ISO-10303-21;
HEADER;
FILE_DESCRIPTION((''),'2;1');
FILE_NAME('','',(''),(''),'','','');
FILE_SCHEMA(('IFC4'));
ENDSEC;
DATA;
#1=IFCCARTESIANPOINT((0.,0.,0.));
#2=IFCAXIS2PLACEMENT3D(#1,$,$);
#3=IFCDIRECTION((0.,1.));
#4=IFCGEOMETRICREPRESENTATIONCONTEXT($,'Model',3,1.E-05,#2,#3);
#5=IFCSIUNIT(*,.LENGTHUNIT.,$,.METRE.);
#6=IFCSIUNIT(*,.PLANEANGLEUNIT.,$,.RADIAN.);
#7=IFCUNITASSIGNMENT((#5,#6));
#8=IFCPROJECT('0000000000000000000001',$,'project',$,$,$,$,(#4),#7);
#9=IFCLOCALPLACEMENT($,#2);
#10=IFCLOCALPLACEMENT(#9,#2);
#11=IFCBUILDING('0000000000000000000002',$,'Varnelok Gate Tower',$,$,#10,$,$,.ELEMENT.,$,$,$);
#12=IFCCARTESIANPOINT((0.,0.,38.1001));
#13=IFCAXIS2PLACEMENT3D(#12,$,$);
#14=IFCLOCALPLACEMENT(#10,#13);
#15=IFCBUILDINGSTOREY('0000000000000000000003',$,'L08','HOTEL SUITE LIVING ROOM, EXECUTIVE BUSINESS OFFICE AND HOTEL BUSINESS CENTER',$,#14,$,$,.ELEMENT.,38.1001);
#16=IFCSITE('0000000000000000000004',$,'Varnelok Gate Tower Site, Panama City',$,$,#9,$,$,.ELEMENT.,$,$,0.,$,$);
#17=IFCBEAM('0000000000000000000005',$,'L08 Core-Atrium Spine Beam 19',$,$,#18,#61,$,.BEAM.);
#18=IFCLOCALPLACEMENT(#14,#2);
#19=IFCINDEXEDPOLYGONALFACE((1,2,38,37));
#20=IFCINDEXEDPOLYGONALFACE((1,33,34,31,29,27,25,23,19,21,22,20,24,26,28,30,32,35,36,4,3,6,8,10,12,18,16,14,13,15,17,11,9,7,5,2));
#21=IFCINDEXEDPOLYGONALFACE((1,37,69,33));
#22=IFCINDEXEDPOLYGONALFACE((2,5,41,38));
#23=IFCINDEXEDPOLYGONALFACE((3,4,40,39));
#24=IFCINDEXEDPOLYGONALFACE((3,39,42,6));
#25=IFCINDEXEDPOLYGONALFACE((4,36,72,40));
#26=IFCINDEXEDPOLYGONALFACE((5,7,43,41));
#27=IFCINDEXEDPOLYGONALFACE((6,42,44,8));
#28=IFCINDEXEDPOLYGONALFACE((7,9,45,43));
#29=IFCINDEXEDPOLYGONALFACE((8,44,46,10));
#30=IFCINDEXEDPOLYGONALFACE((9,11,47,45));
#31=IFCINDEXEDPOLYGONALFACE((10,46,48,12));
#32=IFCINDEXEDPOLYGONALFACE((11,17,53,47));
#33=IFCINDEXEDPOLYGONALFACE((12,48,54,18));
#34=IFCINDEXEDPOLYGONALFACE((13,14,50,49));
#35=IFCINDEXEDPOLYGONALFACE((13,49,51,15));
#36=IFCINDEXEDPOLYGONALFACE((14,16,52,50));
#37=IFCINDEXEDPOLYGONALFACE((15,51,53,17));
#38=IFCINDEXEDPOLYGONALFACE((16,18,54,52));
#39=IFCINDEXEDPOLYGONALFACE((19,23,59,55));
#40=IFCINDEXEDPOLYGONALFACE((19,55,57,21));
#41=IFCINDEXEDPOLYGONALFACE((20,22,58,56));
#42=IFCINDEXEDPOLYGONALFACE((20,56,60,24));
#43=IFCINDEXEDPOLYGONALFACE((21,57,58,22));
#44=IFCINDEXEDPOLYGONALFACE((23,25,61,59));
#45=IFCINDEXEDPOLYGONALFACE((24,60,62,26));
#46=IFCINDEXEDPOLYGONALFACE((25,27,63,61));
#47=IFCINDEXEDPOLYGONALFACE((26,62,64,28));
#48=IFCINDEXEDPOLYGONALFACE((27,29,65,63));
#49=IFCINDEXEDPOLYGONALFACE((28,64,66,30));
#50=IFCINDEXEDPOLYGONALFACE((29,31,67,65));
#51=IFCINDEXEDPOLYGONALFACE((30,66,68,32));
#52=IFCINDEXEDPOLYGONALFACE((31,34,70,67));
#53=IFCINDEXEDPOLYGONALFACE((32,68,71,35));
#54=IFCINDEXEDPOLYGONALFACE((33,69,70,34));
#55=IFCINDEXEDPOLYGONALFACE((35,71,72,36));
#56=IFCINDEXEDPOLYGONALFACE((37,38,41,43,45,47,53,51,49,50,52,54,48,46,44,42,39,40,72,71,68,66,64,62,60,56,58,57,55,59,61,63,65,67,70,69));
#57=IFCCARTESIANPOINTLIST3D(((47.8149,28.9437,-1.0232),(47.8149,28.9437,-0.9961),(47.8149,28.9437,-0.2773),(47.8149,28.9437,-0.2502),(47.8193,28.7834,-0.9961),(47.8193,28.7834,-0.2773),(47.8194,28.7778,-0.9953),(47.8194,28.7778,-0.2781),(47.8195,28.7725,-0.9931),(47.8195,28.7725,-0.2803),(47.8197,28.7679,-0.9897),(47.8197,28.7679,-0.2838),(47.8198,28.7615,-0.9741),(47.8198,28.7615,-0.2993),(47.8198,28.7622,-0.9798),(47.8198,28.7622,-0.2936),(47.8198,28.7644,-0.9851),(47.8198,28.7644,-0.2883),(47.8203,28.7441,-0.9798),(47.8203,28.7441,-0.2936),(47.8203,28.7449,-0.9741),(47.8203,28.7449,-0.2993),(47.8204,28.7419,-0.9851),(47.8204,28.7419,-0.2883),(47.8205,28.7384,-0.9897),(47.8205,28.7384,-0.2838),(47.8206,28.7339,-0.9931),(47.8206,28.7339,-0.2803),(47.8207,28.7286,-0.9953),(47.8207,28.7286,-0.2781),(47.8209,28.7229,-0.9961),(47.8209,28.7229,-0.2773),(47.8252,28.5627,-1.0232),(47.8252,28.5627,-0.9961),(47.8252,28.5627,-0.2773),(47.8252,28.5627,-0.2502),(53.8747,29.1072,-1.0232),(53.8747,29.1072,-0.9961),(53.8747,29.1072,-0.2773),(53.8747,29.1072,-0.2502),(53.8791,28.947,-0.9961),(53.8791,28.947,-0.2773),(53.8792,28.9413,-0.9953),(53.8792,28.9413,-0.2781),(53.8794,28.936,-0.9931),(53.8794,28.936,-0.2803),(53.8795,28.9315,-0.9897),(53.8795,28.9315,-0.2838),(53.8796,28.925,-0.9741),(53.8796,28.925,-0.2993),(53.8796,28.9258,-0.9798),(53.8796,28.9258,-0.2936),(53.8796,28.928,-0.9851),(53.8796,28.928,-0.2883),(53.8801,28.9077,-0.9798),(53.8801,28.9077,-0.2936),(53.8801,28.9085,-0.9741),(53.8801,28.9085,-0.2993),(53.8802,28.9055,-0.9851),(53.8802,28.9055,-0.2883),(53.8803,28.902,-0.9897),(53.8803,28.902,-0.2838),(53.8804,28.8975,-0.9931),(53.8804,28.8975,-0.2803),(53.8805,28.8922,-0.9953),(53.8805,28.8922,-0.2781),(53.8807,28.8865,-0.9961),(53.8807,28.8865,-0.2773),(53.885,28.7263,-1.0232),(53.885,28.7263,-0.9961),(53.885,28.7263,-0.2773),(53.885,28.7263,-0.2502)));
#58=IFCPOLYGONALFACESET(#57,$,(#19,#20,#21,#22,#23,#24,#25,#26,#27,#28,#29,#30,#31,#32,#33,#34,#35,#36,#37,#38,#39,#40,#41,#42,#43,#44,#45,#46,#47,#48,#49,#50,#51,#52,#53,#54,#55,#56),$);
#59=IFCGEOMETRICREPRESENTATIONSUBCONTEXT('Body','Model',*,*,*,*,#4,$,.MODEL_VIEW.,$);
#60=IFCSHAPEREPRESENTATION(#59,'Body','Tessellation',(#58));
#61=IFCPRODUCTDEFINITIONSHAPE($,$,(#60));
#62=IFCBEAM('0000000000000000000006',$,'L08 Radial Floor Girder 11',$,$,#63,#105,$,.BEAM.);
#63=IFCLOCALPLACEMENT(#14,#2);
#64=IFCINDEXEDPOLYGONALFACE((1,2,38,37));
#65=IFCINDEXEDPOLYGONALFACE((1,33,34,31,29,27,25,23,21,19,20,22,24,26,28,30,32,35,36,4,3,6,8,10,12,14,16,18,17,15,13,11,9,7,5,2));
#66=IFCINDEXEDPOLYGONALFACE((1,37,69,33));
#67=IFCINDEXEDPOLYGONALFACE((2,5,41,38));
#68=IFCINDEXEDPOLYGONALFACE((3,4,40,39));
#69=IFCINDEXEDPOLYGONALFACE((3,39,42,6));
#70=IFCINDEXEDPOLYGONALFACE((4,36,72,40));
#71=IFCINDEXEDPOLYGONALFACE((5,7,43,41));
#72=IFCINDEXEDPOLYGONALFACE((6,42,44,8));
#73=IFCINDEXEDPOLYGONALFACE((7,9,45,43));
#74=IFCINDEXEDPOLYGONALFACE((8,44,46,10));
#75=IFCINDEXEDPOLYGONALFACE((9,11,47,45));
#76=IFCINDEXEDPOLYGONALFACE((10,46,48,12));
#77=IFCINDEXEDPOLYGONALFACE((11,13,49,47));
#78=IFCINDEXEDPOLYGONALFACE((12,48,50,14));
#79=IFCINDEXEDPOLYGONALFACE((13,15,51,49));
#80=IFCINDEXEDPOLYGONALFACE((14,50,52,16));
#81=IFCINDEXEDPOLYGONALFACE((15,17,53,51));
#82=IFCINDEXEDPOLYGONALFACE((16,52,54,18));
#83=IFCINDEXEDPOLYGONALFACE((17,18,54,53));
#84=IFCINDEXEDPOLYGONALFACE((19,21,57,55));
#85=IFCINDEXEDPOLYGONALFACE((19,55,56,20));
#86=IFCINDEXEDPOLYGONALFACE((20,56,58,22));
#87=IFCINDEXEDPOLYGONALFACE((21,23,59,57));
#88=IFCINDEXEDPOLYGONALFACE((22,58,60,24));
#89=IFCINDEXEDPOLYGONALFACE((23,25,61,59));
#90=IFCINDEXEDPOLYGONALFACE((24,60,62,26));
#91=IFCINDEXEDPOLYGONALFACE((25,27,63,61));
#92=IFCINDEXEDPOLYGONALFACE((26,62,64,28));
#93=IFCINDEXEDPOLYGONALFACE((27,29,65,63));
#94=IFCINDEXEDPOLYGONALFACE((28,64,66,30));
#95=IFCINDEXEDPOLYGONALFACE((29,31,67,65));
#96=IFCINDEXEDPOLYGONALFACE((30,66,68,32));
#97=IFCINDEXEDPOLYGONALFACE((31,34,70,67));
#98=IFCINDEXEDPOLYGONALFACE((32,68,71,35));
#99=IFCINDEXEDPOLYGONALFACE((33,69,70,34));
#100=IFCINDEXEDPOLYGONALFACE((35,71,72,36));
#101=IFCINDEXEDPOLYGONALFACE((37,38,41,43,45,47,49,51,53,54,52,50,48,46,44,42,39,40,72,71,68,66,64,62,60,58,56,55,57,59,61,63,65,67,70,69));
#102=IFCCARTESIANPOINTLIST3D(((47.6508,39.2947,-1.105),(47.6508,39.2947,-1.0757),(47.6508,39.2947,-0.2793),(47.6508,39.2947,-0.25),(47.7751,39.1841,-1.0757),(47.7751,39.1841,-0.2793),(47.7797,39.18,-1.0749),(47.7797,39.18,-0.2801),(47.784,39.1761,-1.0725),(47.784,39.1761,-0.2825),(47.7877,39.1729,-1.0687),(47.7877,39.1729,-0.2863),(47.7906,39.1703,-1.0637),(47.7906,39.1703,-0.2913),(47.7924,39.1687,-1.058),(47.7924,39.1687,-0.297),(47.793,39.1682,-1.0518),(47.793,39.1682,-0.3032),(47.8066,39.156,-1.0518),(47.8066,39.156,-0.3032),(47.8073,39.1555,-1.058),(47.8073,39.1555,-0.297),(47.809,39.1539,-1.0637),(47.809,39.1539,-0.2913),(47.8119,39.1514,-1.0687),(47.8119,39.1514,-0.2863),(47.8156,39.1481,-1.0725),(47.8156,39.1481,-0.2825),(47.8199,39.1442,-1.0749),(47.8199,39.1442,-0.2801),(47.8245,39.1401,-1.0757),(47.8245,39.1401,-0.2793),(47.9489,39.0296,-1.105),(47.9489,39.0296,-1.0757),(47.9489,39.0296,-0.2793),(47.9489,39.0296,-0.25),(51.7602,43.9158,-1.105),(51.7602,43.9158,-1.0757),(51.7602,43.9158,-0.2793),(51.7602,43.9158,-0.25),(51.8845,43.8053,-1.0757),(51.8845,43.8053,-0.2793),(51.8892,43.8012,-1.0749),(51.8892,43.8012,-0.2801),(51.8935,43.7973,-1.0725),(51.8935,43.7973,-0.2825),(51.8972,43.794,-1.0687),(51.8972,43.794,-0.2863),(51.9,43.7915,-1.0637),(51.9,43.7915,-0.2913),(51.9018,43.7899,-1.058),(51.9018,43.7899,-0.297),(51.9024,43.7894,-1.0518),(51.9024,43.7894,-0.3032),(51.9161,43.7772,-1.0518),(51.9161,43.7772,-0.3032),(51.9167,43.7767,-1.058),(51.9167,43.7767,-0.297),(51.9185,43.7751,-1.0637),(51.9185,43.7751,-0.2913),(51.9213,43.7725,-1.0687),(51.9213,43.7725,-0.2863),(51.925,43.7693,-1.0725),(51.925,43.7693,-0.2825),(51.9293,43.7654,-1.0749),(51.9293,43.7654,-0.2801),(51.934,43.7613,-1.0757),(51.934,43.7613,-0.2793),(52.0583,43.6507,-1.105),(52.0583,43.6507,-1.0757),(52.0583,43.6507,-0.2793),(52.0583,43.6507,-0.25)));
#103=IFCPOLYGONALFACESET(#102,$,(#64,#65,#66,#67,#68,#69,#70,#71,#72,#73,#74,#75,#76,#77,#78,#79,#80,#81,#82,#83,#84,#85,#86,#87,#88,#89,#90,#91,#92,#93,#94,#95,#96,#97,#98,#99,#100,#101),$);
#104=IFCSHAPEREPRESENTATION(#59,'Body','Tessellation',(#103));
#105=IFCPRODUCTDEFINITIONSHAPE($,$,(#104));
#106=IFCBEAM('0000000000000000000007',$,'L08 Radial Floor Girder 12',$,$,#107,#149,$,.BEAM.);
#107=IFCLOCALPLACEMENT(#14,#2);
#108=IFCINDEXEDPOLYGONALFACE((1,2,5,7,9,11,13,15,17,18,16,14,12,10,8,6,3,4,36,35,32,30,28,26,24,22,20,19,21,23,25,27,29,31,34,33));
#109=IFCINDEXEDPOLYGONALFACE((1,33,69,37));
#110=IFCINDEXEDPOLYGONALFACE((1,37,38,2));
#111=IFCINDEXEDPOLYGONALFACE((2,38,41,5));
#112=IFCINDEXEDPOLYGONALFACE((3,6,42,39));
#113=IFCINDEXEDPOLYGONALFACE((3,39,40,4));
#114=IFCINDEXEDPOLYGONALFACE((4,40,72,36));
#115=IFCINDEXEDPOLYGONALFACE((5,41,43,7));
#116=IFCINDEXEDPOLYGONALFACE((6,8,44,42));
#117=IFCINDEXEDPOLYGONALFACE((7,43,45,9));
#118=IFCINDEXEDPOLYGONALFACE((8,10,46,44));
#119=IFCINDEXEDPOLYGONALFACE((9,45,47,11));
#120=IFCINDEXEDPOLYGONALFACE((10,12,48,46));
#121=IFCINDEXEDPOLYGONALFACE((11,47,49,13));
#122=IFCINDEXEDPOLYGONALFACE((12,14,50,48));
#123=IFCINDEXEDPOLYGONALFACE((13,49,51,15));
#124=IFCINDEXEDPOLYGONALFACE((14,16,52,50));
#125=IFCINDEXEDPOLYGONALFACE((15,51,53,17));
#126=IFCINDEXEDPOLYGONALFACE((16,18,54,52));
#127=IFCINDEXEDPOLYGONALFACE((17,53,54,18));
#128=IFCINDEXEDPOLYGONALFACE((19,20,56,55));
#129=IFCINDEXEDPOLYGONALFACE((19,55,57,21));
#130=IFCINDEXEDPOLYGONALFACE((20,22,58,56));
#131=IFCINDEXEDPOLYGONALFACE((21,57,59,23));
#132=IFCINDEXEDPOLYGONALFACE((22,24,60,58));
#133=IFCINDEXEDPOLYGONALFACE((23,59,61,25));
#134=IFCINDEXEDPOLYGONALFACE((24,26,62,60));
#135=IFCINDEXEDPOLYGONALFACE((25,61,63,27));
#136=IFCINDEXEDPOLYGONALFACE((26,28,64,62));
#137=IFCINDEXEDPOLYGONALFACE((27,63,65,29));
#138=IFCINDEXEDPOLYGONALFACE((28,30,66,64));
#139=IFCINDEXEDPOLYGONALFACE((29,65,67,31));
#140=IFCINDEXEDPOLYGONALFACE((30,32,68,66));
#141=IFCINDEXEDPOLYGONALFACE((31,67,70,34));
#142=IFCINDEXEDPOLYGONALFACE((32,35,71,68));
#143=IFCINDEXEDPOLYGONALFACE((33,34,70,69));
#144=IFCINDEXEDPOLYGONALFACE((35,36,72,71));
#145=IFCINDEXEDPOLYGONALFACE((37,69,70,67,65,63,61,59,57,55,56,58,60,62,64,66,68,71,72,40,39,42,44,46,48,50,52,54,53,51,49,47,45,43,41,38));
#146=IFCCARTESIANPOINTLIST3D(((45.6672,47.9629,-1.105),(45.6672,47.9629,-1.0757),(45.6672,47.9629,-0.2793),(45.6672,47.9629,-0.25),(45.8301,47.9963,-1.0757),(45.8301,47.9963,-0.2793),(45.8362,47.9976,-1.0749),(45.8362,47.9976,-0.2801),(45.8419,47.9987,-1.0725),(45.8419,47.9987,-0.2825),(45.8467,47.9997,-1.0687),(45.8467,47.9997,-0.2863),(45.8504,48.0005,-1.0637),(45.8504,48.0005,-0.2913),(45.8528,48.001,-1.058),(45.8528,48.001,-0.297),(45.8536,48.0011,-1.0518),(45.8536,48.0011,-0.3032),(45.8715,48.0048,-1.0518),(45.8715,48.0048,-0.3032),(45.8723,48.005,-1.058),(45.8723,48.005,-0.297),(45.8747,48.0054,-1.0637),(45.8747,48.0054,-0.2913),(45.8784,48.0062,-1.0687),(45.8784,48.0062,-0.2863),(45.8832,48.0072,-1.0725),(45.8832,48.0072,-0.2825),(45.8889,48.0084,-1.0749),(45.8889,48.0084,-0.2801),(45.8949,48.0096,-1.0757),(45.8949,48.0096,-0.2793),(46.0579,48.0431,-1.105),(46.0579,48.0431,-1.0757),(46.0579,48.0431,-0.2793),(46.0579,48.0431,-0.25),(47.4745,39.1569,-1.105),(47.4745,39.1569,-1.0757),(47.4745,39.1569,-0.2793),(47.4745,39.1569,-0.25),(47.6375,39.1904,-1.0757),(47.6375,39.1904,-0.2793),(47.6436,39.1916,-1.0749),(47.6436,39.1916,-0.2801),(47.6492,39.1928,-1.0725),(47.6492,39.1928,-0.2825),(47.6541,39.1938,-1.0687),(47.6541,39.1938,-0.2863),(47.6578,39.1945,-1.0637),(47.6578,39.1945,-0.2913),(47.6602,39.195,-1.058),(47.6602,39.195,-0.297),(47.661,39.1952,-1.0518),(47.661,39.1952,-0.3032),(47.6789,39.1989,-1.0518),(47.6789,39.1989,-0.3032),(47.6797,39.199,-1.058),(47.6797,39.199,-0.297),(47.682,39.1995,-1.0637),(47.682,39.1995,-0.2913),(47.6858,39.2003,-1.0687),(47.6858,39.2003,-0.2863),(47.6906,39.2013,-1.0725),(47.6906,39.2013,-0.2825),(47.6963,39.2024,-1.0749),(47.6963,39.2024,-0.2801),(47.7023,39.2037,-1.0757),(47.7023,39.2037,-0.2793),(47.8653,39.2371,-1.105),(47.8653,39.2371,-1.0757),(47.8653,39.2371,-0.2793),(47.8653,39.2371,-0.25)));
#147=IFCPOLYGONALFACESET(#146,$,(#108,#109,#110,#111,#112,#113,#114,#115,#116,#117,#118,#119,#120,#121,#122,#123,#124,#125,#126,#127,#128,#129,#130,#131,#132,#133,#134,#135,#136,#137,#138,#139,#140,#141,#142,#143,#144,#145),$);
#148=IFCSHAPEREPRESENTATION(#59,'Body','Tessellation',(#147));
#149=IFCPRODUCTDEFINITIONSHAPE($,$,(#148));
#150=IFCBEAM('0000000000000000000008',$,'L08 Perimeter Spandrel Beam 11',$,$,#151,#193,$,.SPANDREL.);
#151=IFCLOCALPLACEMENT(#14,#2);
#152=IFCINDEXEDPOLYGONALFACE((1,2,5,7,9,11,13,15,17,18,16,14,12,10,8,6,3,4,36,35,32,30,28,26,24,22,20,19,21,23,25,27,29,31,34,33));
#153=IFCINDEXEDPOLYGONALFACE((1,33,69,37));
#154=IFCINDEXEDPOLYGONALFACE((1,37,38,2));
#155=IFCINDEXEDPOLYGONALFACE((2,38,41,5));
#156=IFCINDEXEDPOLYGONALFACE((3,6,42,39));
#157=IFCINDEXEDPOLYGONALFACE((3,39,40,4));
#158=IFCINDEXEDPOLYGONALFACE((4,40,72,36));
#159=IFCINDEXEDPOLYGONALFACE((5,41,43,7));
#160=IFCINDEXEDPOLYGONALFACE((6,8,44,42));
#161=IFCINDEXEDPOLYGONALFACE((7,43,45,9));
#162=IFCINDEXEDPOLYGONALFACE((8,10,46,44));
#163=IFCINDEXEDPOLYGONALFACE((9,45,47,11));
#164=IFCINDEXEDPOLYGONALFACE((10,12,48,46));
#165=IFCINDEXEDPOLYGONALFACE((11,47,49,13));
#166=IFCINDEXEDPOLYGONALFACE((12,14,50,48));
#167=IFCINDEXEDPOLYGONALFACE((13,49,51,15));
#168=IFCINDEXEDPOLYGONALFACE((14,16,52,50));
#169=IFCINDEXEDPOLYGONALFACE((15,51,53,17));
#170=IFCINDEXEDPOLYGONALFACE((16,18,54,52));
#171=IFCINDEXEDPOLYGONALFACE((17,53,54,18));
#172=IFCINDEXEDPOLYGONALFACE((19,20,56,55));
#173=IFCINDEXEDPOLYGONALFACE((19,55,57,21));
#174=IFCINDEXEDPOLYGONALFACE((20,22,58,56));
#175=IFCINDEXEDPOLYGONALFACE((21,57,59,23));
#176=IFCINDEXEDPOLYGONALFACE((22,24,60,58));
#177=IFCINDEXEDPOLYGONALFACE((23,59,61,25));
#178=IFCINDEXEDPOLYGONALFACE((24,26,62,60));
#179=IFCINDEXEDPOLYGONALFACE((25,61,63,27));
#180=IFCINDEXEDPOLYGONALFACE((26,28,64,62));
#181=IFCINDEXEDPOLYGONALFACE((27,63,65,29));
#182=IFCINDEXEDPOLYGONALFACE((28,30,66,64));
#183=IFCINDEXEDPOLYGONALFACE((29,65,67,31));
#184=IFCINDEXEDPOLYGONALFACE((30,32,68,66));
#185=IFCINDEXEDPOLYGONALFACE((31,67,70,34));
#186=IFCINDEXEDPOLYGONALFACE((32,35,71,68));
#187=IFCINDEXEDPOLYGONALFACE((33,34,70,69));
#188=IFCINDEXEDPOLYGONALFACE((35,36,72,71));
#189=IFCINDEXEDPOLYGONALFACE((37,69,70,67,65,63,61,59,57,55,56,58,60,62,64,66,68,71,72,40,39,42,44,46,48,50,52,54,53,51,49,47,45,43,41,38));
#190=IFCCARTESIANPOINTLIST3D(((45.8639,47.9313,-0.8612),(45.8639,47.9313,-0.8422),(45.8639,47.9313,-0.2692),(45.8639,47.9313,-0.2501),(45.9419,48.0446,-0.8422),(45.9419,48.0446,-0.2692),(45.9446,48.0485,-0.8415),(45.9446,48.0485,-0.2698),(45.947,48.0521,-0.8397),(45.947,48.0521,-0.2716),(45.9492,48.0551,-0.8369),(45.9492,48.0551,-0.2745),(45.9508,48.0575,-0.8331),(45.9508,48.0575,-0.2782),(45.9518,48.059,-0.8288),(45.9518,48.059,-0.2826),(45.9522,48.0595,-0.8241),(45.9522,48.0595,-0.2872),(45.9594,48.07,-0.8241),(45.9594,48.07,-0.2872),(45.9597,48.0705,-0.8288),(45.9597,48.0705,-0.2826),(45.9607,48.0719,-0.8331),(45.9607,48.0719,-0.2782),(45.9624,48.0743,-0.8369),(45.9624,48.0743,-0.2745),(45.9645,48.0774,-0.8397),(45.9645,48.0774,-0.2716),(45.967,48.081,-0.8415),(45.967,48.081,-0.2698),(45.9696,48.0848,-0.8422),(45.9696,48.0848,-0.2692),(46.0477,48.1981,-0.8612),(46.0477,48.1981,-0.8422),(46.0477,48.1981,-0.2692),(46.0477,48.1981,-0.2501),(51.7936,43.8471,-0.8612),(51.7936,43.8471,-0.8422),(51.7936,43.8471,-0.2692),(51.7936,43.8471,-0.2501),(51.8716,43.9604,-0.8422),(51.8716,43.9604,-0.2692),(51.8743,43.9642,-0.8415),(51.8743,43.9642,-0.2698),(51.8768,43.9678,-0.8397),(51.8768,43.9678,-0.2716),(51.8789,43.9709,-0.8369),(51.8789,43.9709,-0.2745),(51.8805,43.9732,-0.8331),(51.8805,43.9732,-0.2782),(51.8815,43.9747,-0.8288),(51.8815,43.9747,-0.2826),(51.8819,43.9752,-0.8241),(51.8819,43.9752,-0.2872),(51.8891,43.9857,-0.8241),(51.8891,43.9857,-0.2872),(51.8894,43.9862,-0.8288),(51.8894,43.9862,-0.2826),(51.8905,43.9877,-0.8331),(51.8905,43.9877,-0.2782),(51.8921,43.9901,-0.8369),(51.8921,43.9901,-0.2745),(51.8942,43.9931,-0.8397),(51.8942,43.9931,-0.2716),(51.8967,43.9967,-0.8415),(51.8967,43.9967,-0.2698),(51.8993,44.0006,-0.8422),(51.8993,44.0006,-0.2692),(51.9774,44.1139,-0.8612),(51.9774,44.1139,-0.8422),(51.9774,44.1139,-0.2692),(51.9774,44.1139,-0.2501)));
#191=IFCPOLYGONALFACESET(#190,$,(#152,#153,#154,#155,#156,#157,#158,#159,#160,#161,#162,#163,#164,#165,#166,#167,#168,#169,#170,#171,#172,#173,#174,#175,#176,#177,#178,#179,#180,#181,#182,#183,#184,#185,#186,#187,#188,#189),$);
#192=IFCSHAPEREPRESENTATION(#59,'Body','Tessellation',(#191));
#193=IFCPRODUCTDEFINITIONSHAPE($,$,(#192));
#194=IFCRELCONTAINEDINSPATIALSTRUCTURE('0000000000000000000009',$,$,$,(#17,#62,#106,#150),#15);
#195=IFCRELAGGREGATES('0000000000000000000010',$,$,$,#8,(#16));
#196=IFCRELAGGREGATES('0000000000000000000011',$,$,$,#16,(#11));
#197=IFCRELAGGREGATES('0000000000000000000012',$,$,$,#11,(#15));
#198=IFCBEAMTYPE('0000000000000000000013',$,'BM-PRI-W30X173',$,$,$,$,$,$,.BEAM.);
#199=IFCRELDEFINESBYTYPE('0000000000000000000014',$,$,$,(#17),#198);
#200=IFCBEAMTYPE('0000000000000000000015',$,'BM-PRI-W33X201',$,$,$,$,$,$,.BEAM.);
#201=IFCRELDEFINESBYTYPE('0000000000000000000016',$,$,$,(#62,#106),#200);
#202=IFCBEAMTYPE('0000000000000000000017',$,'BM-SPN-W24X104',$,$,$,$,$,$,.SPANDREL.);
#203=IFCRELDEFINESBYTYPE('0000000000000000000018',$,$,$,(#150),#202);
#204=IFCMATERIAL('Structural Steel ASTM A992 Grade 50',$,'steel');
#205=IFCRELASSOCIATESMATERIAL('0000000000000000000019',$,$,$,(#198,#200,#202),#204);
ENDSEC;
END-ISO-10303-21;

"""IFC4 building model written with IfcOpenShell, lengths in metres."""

from ifc_helpers import new_model, si_unit, direction, frame, origin, origin_2d, place, context, subcontext, project, spatial, i_section, extrude, material, material_profile, profile_set, type_object, element, save


model = new_model("IFC4")

# Units and contexts
model_context = context("Model", 3, precision=1e-05, world=origin(), true_north=direction((0.0, 1.0)))
body_context = subcontext(model_context, "Body", "Model", "MODEL_VIEW")
ifc_project = project(units=[si_unit("LENGTHUNIT", "METRE"), si_unit("PLANEANGLEUNIT", "RADIAN")], contexts=[model_context])

# Site, building, storey
site_placement = place(None, origin())
site = spatial("IfcSite", under=ifc_project, at=site_placement, Name="Varnelok Gate Tower Site, Panama City", CompositionType="ELEMENT", RefElevation=0.0)
building_placement = place(site_placement, origin())
building = spatial("IfcBuilding", under=site, at=building_placement, Name="Varnelok Gate Tower", CompositionType="ELEMENT")
storey_placement = place(building_placement, frame((0.0, 0.0, 38.1001)))
storey = spatial("IfcBuildingStorey", under=building, at=storey_placement, Name="L08", Description="HOTEL SUITE LIVING ROOM, EXECUTIVE BUSINESS OFFICE AND HOTEL BUSINESS CENTER", CompositionType="ELEMENT", Elevation=38.1001)

# Shared definitions
ifc_material_1 = material(Name="Structural Steel ASTM A992 Grade 50", Category="steel")

# Beams
ifc_material_profile_1 = material_profile(ifc_material_1, i_section(OverallWidth=0.3811, OverallDepth=0.7729, WebThickness=0.0166, FlangeThickness=0.0271, FilletRadius=0.022, at=origin_2d()), Name="W30X173")
ifc_profile_set_1 = profile_set([ifc_material_profile_1], Name="Structural Steel ASTM A992 Grade 50")
beam_type_1 = type_object("IfcBeamType", Name="BM-PRI-W30X173", PredefinedType="BEAM", material=ifc_profile_set_1)
beam_1_placement = place(storey_placement, frame((47.8201, 28.7532, -0.6367), z_axis=(0.999636, 0.026983, 0.0), x_axis=(-0.026983, 0.999636, 0.0)))
element("IfcBeam", 1, at=beam_1_placement, inside=storey, type_object=beam_type_1, Name="L08 Core-Atrium Spine Beam 19", PredefinedType="BEAM", context=body_context, shape_type="SweptSolid", body=[
    extrude(i_section(OverallWidth=0.3811, OverallDepth=0.7729, WebThickness=0.0166, FlangeThickness=0.0271, FilletRadius=0.022, at=origin_2d()), origin(), (0.0, 0.0, 1.0), 6.062),
])
ifc_material_profile_2 = material_profile(ifc_material_1, i_section(OverallWidth=0.3989, OverallDepth=0.855, WebThickness=0.0183, FlangeThickness=0.0293, FilletRadius=0.0239, at=origin_2d()), Name="W33X201")
ifc_profile_set_2 = profile_set([ifc_material_profile_2], Name="Structural Steel ASTM A992 Grade 50")
beam_type_2 = type_object("IfcBeamType", Name="BM-PRI-W33X201", PredefinedType="BEAM", material=ifc_profile_set_2)
beam_2_placement = place(storey_placement, frame((47.7998, 39.1621, -0.6775), z_axis=(0.664521, 0.74727, 0.0), x_axis=(-0.74727, 0.664521, 0.0)))
element("IfcBeam", 2, at=beam_2_placement, inside=storey, type_object=beam_type_2, Name="L08 Radial Floor Girder 11", PredefinedType="BEAM", context=body_context, shape_type="SweptSolid", body=[
    extrude(i_section(OverallWidth=0.3989, OverallDepth=0.855, WebThickness=0.0183, FlangeThickness=0.0293, FilletRadius=0.0239, at=origin_2d()), origin(), (0.0, 0.0, 1.0), 6.1841),
])
beam_3_placement = place(storey_placement, frame((47.6699, 39.197, -0.6775), z_axis=(-0.201054, 0.97958, 0.0), x_axis=(-0.97958, -0.201054, 0.0)))
element("IfcBeam", 3, at=beam_3_placement, inside=storey, type_object=beam_type_2, Name="L08 Radial Floor Girder 12", PredefinedType="BEAM", context=body_context, shape_type="SweptSolid", body=[
    extrude(i_section(OverallWidth=0.3989, OverallDepth=0.855, WebThickness=0.0183, FlangeThickness=0.0293, FilletRadius=0.0239, at=origin_2d()), origin(), (0.0, 0.0, 1.0), 8.9895),
])
ifc_material_profile_3 = material_profile(ifc_material_1, i_section(OverallWidth=0.324, OverallDepth=0.6111, WebThickness=0.0127, FlangeThickness=0.019, FilletRadius=0.0181, at=origin_2d()), Name="W24X104")
ifc_profile_set_3 = profile_set([ifc_material_profile_3], Name="Structural Steel ASTM A992 Grade 50")
beam_type_3 = type_object("IfcBeamType", Name="BM-SPN-W24X104", PredefinedType="SPANDREL", material=ifc_profile_set_3)
beam_4_placement = place(storey_placement, frame((51.8855, 43.9805, -0.5557), z_axis=(-0.823551, 0.567242, 0.0), x_axis=(-0.567242, -0.823551, 0.0)))
element("IfcBeam", 4, at=beam_4_placement, inside=storey, type_object=beam_type_3, Name="L08 Perimeter Spandrel Beam 11", PredefinedType="SPANDREL", context=body_context, shape_type="SweptSolid", body=[
    extrude(i_section(OverallWidth=0.324, OverallDepth=0.6111, WebThickness=0.0127, FlangeThickness=0.019, FilletRadius=0.0181, at=origin_2d()), origin(), (0.0, 0.0, 1.0), 7.2002),
])

save(model, "model.ifc")
